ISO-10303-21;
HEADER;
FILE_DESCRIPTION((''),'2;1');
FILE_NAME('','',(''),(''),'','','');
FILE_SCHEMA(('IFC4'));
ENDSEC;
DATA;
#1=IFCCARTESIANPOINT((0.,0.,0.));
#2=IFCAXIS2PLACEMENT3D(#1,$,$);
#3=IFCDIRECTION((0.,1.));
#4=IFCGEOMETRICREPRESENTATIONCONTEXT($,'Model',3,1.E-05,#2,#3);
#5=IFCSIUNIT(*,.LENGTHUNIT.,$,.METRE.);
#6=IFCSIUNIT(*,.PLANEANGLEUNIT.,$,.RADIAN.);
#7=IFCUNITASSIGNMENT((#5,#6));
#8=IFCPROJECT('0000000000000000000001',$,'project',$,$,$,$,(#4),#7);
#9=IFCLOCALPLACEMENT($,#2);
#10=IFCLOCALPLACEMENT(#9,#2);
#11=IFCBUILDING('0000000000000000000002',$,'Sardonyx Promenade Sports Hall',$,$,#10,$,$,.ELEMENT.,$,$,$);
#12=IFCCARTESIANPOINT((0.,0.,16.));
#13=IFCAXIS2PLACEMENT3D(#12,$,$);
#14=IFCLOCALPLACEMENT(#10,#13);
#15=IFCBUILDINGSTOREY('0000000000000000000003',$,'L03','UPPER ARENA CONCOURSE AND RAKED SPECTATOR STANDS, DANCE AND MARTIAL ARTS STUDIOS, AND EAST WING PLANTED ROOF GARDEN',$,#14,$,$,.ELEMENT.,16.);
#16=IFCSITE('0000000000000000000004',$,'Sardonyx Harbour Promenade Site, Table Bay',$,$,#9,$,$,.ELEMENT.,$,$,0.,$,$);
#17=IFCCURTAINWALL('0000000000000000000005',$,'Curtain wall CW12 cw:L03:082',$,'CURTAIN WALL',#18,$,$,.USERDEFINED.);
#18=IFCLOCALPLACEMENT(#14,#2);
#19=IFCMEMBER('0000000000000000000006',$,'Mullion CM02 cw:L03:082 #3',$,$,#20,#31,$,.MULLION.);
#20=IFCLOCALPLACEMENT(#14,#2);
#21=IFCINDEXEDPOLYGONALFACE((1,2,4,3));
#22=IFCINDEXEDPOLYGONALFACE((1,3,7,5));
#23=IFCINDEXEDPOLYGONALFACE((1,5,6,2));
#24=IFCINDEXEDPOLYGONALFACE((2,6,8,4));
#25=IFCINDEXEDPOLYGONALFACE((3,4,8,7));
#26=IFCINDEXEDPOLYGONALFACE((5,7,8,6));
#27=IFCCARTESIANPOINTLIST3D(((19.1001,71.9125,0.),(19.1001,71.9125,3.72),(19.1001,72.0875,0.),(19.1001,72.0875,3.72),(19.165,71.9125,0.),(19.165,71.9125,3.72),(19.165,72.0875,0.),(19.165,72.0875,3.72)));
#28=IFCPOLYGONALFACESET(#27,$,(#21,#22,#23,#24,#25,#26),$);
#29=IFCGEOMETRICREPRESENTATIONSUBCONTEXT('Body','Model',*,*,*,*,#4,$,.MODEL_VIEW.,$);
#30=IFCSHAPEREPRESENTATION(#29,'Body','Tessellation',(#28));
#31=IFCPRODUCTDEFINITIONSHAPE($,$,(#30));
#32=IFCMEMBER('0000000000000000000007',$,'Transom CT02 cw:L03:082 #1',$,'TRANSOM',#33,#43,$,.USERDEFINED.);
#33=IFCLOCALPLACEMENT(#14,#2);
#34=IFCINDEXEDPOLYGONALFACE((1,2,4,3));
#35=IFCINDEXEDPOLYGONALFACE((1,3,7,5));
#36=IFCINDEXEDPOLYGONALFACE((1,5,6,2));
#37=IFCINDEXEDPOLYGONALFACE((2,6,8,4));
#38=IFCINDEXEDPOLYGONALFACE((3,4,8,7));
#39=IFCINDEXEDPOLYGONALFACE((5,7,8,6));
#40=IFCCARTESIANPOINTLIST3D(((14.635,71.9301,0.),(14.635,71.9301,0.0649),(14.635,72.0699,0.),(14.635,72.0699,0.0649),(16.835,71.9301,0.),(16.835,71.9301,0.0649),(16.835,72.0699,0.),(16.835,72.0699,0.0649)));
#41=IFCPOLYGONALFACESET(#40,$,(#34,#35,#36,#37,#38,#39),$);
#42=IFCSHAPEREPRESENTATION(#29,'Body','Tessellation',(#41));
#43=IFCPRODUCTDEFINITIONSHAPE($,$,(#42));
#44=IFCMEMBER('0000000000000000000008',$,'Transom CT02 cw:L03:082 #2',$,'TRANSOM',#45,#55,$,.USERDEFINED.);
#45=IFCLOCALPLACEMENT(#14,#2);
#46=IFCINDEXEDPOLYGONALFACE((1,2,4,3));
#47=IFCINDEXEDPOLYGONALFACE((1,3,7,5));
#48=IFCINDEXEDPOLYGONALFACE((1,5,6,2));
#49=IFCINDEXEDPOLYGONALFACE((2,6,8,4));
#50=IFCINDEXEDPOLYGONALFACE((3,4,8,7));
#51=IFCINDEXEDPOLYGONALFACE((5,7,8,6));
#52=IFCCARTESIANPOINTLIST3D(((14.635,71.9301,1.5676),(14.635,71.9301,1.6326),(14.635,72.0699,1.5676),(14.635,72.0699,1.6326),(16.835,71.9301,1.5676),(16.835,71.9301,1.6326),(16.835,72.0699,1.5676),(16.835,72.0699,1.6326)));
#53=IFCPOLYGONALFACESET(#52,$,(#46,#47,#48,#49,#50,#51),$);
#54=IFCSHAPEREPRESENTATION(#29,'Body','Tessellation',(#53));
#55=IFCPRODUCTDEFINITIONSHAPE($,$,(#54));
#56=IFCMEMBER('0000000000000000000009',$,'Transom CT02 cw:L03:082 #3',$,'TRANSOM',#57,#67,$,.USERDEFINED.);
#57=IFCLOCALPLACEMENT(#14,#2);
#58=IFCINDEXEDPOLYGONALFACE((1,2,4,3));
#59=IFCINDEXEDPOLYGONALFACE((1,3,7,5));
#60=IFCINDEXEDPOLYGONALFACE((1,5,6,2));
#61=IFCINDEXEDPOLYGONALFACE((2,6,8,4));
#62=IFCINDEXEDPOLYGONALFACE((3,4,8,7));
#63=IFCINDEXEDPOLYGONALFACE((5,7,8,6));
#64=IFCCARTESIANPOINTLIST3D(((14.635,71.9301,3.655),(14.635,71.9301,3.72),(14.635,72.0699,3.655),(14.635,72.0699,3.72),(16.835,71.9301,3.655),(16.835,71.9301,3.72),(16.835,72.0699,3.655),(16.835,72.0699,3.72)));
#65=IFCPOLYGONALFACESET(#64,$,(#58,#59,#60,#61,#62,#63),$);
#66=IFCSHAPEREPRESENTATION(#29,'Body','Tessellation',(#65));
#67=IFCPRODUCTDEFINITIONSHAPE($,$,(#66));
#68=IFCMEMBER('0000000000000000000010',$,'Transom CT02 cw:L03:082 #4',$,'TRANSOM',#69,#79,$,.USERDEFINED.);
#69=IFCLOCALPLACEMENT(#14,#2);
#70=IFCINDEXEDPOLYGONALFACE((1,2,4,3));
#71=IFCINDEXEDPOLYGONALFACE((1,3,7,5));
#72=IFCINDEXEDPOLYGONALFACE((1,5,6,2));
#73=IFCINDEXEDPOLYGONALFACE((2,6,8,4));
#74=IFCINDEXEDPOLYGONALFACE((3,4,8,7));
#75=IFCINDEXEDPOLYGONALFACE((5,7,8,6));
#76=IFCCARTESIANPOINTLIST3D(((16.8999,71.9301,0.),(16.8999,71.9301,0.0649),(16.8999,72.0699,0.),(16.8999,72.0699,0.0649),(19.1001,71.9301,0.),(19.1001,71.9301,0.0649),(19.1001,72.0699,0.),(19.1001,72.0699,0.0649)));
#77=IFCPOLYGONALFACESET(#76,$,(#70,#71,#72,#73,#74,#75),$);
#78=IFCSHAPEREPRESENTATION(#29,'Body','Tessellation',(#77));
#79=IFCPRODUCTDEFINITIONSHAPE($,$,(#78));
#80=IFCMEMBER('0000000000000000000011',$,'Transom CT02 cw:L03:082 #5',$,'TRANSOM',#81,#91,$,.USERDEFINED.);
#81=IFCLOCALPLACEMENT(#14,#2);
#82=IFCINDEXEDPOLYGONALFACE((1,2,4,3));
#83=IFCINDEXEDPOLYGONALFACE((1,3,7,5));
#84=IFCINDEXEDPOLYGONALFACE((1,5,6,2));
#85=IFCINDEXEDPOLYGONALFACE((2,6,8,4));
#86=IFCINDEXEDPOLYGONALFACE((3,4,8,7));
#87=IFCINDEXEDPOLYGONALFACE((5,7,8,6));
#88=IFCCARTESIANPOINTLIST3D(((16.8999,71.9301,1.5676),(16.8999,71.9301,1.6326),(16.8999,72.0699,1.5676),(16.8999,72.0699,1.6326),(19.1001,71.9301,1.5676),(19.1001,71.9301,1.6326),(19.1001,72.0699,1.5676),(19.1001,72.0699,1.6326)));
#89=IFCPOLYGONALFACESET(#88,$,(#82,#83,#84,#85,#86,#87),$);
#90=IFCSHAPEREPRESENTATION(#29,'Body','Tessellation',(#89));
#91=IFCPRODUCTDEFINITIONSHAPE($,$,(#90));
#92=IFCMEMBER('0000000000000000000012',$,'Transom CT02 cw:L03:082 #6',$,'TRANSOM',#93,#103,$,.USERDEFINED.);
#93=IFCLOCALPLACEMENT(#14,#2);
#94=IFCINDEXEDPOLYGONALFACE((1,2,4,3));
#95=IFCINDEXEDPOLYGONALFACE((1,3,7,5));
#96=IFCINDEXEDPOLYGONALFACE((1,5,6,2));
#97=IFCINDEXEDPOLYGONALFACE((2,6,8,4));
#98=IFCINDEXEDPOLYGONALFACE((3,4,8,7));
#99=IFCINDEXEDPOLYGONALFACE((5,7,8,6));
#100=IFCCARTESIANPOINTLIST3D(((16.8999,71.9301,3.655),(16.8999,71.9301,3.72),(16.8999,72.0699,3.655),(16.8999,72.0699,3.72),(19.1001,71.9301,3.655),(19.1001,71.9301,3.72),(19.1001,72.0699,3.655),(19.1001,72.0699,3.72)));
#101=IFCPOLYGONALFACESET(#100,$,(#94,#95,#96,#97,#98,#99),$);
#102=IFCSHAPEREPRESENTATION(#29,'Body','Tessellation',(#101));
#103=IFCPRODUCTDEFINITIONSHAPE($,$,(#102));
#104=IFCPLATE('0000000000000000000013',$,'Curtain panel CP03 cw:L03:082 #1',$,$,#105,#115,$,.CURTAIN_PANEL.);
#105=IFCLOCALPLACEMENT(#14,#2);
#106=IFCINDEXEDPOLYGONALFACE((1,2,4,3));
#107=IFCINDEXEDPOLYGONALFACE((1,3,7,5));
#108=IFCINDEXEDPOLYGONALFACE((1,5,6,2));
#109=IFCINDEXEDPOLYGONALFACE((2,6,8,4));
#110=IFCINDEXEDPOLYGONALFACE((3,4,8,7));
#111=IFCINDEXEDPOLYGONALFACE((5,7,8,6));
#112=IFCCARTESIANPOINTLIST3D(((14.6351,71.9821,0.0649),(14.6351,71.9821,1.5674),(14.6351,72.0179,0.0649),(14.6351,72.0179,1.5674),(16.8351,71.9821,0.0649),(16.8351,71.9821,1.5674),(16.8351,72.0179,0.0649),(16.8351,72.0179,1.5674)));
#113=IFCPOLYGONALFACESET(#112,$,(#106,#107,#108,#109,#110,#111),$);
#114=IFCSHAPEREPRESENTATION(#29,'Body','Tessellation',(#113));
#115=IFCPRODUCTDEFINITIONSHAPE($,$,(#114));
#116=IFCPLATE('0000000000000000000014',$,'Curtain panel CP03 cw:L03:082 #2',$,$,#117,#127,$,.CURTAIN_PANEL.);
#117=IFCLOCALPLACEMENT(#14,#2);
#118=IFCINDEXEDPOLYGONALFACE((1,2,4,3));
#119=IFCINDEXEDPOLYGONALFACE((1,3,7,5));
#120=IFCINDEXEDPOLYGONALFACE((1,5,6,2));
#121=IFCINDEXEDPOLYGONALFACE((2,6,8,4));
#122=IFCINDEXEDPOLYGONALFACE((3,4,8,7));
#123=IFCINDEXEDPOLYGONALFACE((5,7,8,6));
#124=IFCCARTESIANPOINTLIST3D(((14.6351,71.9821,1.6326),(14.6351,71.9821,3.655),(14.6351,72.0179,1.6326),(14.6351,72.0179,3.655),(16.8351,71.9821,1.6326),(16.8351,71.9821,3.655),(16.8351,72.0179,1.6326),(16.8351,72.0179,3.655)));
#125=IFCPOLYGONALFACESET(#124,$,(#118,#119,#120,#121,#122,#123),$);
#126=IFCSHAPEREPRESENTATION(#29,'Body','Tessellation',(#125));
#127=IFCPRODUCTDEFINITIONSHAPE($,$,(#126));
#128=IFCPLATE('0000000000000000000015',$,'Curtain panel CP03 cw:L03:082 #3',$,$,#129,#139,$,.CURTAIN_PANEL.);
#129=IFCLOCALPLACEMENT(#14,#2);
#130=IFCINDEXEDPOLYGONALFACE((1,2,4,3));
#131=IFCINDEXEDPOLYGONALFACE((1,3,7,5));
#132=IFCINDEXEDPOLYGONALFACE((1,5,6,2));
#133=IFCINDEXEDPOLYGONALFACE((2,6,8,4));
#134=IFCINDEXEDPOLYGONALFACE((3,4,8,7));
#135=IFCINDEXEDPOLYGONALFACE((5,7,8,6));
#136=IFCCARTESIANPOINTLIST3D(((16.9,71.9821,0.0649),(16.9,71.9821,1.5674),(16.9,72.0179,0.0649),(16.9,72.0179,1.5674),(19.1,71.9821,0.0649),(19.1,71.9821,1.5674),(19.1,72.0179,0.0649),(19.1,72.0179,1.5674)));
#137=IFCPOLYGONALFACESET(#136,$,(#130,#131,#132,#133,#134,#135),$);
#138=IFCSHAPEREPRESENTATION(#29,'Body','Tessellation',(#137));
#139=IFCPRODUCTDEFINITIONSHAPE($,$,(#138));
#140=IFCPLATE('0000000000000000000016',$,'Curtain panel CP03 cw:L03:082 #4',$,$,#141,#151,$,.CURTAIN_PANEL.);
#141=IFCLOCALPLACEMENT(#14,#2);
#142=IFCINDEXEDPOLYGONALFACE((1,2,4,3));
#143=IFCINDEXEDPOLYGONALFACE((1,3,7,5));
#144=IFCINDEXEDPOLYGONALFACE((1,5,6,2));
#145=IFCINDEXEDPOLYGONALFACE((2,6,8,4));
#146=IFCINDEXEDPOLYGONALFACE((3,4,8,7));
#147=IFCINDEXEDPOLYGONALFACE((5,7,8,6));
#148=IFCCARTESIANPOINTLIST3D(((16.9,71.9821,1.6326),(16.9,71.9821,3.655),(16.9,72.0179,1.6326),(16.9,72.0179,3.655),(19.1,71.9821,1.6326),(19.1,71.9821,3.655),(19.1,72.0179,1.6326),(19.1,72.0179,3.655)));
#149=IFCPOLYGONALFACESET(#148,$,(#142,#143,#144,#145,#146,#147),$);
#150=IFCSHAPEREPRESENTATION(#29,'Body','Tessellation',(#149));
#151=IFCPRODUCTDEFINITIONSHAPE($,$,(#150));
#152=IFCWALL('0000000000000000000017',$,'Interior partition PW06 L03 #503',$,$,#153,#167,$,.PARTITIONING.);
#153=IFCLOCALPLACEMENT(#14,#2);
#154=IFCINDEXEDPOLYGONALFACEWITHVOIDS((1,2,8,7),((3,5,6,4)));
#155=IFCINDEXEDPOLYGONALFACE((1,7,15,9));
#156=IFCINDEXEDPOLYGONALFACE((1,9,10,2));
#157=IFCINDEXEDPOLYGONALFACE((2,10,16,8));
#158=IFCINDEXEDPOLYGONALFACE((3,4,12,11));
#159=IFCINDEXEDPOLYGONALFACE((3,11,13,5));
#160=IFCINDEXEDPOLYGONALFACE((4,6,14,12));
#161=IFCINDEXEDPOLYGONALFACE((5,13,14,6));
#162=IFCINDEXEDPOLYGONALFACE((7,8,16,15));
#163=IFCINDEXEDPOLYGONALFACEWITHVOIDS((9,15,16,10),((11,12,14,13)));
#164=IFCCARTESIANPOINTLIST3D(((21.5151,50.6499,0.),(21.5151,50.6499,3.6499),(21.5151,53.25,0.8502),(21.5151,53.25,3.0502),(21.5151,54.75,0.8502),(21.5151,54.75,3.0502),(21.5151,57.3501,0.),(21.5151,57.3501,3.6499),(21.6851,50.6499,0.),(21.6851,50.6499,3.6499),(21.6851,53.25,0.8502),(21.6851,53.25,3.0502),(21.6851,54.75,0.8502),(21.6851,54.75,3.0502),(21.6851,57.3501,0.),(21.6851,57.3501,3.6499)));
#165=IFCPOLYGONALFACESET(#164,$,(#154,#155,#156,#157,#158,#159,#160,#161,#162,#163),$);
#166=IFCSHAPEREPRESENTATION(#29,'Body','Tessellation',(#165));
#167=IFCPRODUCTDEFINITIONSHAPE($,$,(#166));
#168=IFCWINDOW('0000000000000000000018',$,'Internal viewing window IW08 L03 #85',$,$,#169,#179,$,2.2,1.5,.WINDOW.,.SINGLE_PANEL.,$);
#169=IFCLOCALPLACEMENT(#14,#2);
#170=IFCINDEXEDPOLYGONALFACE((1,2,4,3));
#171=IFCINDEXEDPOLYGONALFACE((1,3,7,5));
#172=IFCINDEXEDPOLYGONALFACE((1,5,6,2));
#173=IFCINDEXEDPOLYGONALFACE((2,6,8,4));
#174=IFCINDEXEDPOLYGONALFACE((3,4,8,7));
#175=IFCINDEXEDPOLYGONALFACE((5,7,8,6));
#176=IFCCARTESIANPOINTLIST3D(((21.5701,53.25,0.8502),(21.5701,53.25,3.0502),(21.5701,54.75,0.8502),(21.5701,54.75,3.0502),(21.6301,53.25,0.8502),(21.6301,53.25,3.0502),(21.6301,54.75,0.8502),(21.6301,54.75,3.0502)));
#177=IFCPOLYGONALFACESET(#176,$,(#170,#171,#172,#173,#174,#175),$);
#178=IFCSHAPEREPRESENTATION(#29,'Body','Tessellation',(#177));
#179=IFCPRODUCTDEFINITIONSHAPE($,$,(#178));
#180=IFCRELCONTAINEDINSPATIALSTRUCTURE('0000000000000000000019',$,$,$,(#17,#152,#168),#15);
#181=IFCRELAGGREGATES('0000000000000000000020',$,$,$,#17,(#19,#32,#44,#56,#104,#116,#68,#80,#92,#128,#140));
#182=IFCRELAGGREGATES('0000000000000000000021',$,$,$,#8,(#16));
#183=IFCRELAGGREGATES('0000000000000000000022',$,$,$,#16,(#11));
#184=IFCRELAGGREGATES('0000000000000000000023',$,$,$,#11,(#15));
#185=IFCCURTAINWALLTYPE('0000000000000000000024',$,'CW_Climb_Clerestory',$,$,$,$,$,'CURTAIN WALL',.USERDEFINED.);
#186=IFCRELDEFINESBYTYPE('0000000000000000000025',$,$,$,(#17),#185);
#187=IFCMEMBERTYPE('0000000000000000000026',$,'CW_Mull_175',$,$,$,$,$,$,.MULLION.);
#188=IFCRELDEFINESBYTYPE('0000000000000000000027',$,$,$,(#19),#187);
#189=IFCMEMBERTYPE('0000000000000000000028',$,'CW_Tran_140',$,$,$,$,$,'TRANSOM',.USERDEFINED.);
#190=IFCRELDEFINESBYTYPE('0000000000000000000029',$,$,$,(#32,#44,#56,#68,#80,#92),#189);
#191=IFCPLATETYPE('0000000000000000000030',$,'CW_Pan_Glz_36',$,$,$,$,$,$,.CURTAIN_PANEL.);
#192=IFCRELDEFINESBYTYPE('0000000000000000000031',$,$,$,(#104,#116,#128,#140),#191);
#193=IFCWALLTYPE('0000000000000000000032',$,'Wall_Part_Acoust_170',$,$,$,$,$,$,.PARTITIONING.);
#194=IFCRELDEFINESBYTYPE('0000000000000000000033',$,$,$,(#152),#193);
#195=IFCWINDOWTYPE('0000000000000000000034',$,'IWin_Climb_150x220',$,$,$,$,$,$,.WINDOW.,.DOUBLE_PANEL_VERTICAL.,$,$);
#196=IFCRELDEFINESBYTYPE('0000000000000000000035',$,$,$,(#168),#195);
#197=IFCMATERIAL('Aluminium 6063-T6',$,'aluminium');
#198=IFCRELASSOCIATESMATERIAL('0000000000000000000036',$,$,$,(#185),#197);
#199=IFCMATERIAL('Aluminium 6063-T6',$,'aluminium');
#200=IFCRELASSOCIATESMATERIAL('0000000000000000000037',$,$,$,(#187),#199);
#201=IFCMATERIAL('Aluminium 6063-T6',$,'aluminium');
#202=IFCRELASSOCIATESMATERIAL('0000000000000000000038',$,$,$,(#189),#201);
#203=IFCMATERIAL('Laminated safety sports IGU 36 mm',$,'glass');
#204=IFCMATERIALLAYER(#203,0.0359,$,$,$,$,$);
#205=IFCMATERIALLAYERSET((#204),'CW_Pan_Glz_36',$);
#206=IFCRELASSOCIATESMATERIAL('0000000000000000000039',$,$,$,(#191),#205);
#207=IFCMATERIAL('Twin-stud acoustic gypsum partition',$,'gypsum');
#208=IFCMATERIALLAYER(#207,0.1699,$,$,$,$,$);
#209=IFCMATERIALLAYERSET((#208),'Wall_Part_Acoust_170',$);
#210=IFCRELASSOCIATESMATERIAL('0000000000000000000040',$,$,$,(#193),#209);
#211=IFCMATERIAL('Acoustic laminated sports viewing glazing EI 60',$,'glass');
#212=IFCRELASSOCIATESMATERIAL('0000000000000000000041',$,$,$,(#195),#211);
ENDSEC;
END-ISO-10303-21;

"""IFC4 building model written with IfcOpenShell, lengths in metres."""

from ifc_helpers import new_model, si_unit, direction, frame, frame_2d, origin, origin_2d, place, context, subcontext, project, spatial, rectangle, extrude, material, layer, layer_set, material_profile, profile_set, type_object, element, fill, aggregate, save


model = new_model("IFC4")

# Units and contexts
model_context = context("Model", 3, precision=1e-05, world=origin(), true_north=direction((0.0, 1.0)))
body_context = subcontext(model_context, "Body", "Model", "MODEL_VIEW")
ifc_project = project(units=[si_unit("LENGTHUNIT", "METRE"), si_unit("PLANEANGLEUNIT", "RADIAN")], contexts=[model_context])

# Site, building, storey
site_placement = place(None, origin())
site = spatial("IfcSite", under=ifc_project, at=site_placement, Name="Sardonyx Harbour Promenade Site, Table Bay", CompositionType="ELEMENT", RefElevation=0.0)
building_placement = place(site_placement, origin())
building = spatial("IfcBuilding", under=site, at=building_placement, Name="Sardonyx Promenade Sports Hall", CompositionType="ELEMENT")
storey_placement = place(building_placement, frame((0.0, 0.0, 16.0)))
storey = spatial("IfcBuildingStorey", under=building, at=storey_placement, Name="L03", Description="UPPER ARENA CONCOURSE AND RAKED SPECTATOR STANDS, DANCE AND MARTIAL ARTS STUDIOS, AND EAST WING PLANTED ROOF GARDEN", CompositionType="ELEMENT", Elevation=16.0)

# Curtain wall, members, plates
ifc_material_1 = material(Name="Aluminium 6063-T6", Category="aluminium")
curtain_wall_type = type_object("IfcCurtainWallType", Name="CW_Climb_Clerestory", ElementType="CURTAIN WALL", PredefinedType="USERDEFINED", material=ifc_material_1)
curtain_wall_placement = place(storey_placement, origin())
curtain_wall = element("IfcCurtainWall", 1, at=curtain_wall_placement, inside=storey, type_object=curtain_wall_type, Name="Curtain wall CW12 cw:L03:082", ObjectType="CURTAIN WALL", PredefinedType="USERDEFINED")
ifc_material_2 = material(Name="Aluminium 6063-T6", Category="aluminium")
ifc_material_profile_1 = material_profile(ifc_material_2, rectangle(XDim=0.0649, YDim=0.175, at=origin_2d()))
ifc_profile_set_1 = profile_set([ifc_material_profile_1], Name="Aluminium 6063-T6")
member_type_1 = type_object("IfcMemberType", Name="CW_Mull_175", PredefinedType="MULLION", material=ifc_profile_set_1)
member_1_placement = place(storey_placement, frame((19.1326, 72.0, 0.0), z_axis=(0.0, 0.0, 1.0), x_axis=(1.0, 0.0, 0.0)))
member_1 = element("IfcMember", 2, at=member_1_placement, type_object=member_type_1, Name="Mullion CM02 cw:L03:082 #3", PredefinedType="MULLION", context=body_context, shape_type="SweptSolid", body=[
    extrude(rectangle(XDim=0.0649, YDim=0.175, at=origin_2d()), origin(), (0.0, 0.0, 1.0), 3.72),
])
ifc_material_3 = material(Name="Aluminium 6063-T6", Category="aluminium")
ifc_material_profile_2 = material_profile(ifc_material_3, rectangle(XDim=0.0649, YDim=0.1399, at=origin_2d()))
ifc_profile_set_2 = profile_set([ifc_material_profile_2], Name="Aluminium 6063-T6")
member_type_2 = type_object("IfcMemberType", Name="CW_Tran_140", ElementType="TRANSOM", PredefinedType="USERDEFINED", material=ifc_profile_set_2)
member_2_placement = place(storey_placement, frame((14.635, 72.0, 0.0325), z_axis=(1.0, 0.0, 0.0), x_axis=(0.0, 0.0, 1.0)))
member_2 = element("IfcMember", 3, at=member_2_placement, type_object=member_type_2, Name="Transom CT02 cw:L03:082 #1", ObjectType="TRANSOM", PredefinedType="USERDEFINED", context=body_context, shape_type="SweptSolid", body=[
    extrude(rectangle(XDim=0.0649, YDim=0.1399, at=origin_2d()), origin(), (0.0, 0.0, 1.0), 2.2),
])
member_3_placement = place(storey_placement, frame((14.635, 72.0, 1.6001), z_axis=(1.0, 0.0, 0.0), x_axis=(0.0, 0.0, 1.0)))
member_3 = element("IfcMember", 4, at=member_3_placement, type_object=member_type_2, Name="Transom CT02 cw:L03:082 #2", ObjectType="TRANSOM", PredefinedType="USERDEFINED", context=body_context, shape_type="SweptSolid", body=[
    extrude(rectangle(XDim=0.0649, YDim=0.1399, at=origin_2d()), origin(), (0.0, 0.0, 1.0), 2.2),
])
member_4_placement = place(storey_placement, frame((14.635, 72.0, 3.6875), z_axis=(1.0, 0.0, 0.0), x_axis=(0.0, 0.0, 1.0)))
member_4 = element("IfcMember", 5, at=member_4_placement, type_object=member_type_2, Name="Transom CT02 cw:L03:082 #3", ObjectType="TRANSOM", PredefinedType="USERDEFINED", context=body_context, shape_type="SweptSolid", body=[
    extrude(rectangle(XDim=0.0649, YDim=0.1399, at=origin_2d()), origin(), (0.0, 0.0, 1.0), 2.2),
])
member_5_placement = place(storey_placement, frame((16.8999, 72.0, 0.0325), z_axis=(1.0, 0.0, 0.0), x_axis=(0.0, 0.0, 1.0)))
member_5 = element("IfcMember", 6, at=member_5_placement, type_object=member_type_2, Name="Transom CT02 cw:L03:082 #4", ObjectType="TRANSOM", PredefinedType="USERDEFINED", context=body_context, shape_type="SweptSolid", body=[
    extrude(rectangle(XDim=0.0649, YDim=0.1399, at=origin_2d()), origin(), (0.0, 0.0, 1.0), 2.2002),
])
member_6_placement = place(storey_placement, frame((16.8999, 72.0, 1.6001), z_axis=(1.0, 0.0, 0.0), x_axis=(0.0, 0.0, 1.0)))
member_6 = element("IfcMember", 7, at=member_6_placement, type_object=member_type_2, Name="Transom CT02 cw:L03:082 #5", ObjectType="TRANSOM", PredefinedType="USERDEFINED", context=body_context, shape_type="SweptSolid", body=[
    extrude(rectangle(XDim=0.0649, YDim=0.1399, at=origin_2d()), origin(), (0.0, 0.0, 1.0), 2.2002),
])
member_7_placement = place(storey_placement, frame((16.8999, 72.0, 3.6875), z_axis=(1.0, 0.0, 0.0), x_axis=(0.0, 0.0, 1.0)))
member_7 = element("IfcMember", 8, at=member_7_placement, type_object=member_type_2, Name="Transom CT02 cw:L03:082 #6", ObjectType="TRANSOM", PredefinedType="USERDEFINED", context=body_context, shape_type="SweptSolid", body=[
    extrude(rectangle(XDim=0.0649, YDim=0.1399, at=origin_2d()), origin(), (0.0, 0.0, 1.0), 2.2002),
])
ifc_material_4 = material(Name="Laminated safety sports IGU 36 mm", Category="glass")
ifc_layer_1 = layer(ifc_material_4, 0.0359)
ifc_layer_set_1 = layer_set([ifc_layer_1], Name="CW_Pan_Glz_36")
plate_type = type_object("IfcPlateType", Name="CW_Pan_Glz_36", PredefinedType="CURTAIN_PANEL", material=ifc_layer_set_1)
plate_1_placement = place(storey_placement, frame((15.7351, 72.0, 0.0649), z_axis=(0.0, 0.0, 1.0), x_axis=(1.0, 0.0, 0.0)))
plate_1 = element("IfcPlate", 9, at=plate_1_placement, type_object=plate_type, Name="Curtain panel CP03 cw:L03:082 #1", PredefinedType="CURTAIN_PANEL", context=body_context, shape_type="SweptSolid", body=[
    extrude(rectangle(XDim=2.2, YDim=0.0359, at=origin_2d()), origin(), (0.0, 0.0, 1.0), 1.5024),
])
plate_2_placement = place(storey_placement, frame((15.7351, 72.0, 1.6326), z_axis=(0.0, 0.0, 1.0), x_axis=(1.0, 0.0, 0.0)))
plate_2 = element("IfcPlate", 10, at=plate_2_placement, type_object=plate_type, Name="Curtain panel CP03 cw:L03:082 #2", PredefinedType="CURTAIN_PANEL", context=body_context, shape_type="SweptSolid", body=[
    extrude(rectangle(XDim=2.2, YDim=0.0359, at=origin_2d()), origin(), (0.0, 0.0, 1.0), 2.0225),
])
plate_3_placement = place(storey_placement, frame((18.0, 72.0, 0.0649), z_axis=(0.0, 0.0, 1.0), x_axis=(1.0, 0.0, 0.0)))
plate_3 = element("IfcPlate", 11, at=plate_3_placement, type_object=plate_type, Name="Curtain panel CP03 cw:L03:082 #3", PredefinedType="CURTAIN_PANEL", context=body_context, shape_type="SweptSolid", body=[
    extrude(rectangle(XDim=2.2, YDim=0.0359, at=origin_2d()), origin(), (0.0, 0.0, 1.0), 1.5024),
])
plate_4_placement = place(storey_placement, frame((18.0, 72.0, 1.6326), z_axis=(0.0, 0.0, 1.0), x_axis=(1.0, 0.0, 0.0)))
plate_4 = element("IfcPlate", 12, at=plate_4_placement, type_object=plate_type, Name="Curtain panel CP03 cw:L03:082 #4", PredefinedType="CURTAIN_PANEL", context=body_context, shape_type="SweptSolid", body=[
    extrude(rectangle(XDim=2.2, YDim=0.0359, at=origin_2d()), origin(), (0.0, 0.0, 1.0), 2.0225),
])
aggregate(curtain_wall, [member_1, member_2, member_3, member_4, plate_1, plate_2, member_5, member_6, member_7, plate_3, plate_4])

# Wall, opening, window
ifc_material_5 = material(Name="Twin-stud acoustic gypsum partition", Category="gypsum")
ifc_layer_2 = layer(ifc_material_5, 0.1699)
ifc_layer_set_2 = layer_set([ifc_layer_2], Name="Wall_Part_Acoust_170")
wall_type_1 = type_object("IfcWallType", Name="Wall_Part_Acoust_170", PredefinedType="PARTITIONING", material=ifc_layer_set_2)
wall_1_placement = place(storey_placement, frame((21.6001, 50.6499, 0.0), z_axis=(0.0, 0.0, 1.0), x_axis=(0.0, 1.0, 0.0)))
wall_1 = element("IfcWall", 13, at=wall_1_placement, inside=storey, type_object=wall_type_1, Name="Interior partition PW06 L03 #503", PredefinedType="PARTITIONING", context=body_context, shape_type="SweptSolid", body=[
    extrude(rectangle(XDim=6.7002, YDim=0.1699, at=frame_2d((3.3501, 0.0))), origin(), (0.0, 0.0, 1.0), 3.6499),
])
opening_1_placement = place(wall_1_placement, frame((2.6001, 0.0, 0.8501)))
opening_1 = element("IfcOpeningElement", 14, at=opening_1_placement, cuts=wall_1, PredefinedType="OPENING", context=body_context, shape_type="SweptSolid", body=[
    extrude(rectangle(XDim=1.5, YDim=2.2, at=frame_2d((0.75, 1.1001))), frame((0.0, 0.095, 0.0), z_axis=(0.0, -1.0, 0.0), x_axis=(1.0, 0.0, 0.0)), (0.0, 0.0, 1.0), 0.19),
])
ifc_material_6 = material(Name="Acoustic laminated sports viewing glazing EI 60", Category="glass")
window_type_1 = type_object("IfcWindowType", Name="IWin_Climb_150x220", PartitioningType="DOUBLE_PANEL_VERTICAL", PredefinedType="WINDOW", material=ifc_material_6)
window_1_placement = place(opening_1_placement, origin())
window_1 = element("IfcWindow", 15, at=window_1_placement, inside=storey, type_object=window_type_1, Name="Internal viewing window IW08 L03 #85", OverallHeight=2.2, OverallWidth=1.5, PartitioningType="SINGLE_PANEL", PredefinedType="WINDOW", context=body_context, shape_type="SweptSolid", body=[
    extrude(rectangle(XDim=1.5, YDim=2.2, at=frame_2d((0.75, 1.1001))), frame((0.0, 0.03, 0.0), z_axis=(0.0, -1.0, 0.0), x_axis=(1.0, 0.0, 0.0)), (0.0, 0.0, 1.0), 0.0601),
])
fill(opening_1, window_1)

save(model, "model.ifc")
